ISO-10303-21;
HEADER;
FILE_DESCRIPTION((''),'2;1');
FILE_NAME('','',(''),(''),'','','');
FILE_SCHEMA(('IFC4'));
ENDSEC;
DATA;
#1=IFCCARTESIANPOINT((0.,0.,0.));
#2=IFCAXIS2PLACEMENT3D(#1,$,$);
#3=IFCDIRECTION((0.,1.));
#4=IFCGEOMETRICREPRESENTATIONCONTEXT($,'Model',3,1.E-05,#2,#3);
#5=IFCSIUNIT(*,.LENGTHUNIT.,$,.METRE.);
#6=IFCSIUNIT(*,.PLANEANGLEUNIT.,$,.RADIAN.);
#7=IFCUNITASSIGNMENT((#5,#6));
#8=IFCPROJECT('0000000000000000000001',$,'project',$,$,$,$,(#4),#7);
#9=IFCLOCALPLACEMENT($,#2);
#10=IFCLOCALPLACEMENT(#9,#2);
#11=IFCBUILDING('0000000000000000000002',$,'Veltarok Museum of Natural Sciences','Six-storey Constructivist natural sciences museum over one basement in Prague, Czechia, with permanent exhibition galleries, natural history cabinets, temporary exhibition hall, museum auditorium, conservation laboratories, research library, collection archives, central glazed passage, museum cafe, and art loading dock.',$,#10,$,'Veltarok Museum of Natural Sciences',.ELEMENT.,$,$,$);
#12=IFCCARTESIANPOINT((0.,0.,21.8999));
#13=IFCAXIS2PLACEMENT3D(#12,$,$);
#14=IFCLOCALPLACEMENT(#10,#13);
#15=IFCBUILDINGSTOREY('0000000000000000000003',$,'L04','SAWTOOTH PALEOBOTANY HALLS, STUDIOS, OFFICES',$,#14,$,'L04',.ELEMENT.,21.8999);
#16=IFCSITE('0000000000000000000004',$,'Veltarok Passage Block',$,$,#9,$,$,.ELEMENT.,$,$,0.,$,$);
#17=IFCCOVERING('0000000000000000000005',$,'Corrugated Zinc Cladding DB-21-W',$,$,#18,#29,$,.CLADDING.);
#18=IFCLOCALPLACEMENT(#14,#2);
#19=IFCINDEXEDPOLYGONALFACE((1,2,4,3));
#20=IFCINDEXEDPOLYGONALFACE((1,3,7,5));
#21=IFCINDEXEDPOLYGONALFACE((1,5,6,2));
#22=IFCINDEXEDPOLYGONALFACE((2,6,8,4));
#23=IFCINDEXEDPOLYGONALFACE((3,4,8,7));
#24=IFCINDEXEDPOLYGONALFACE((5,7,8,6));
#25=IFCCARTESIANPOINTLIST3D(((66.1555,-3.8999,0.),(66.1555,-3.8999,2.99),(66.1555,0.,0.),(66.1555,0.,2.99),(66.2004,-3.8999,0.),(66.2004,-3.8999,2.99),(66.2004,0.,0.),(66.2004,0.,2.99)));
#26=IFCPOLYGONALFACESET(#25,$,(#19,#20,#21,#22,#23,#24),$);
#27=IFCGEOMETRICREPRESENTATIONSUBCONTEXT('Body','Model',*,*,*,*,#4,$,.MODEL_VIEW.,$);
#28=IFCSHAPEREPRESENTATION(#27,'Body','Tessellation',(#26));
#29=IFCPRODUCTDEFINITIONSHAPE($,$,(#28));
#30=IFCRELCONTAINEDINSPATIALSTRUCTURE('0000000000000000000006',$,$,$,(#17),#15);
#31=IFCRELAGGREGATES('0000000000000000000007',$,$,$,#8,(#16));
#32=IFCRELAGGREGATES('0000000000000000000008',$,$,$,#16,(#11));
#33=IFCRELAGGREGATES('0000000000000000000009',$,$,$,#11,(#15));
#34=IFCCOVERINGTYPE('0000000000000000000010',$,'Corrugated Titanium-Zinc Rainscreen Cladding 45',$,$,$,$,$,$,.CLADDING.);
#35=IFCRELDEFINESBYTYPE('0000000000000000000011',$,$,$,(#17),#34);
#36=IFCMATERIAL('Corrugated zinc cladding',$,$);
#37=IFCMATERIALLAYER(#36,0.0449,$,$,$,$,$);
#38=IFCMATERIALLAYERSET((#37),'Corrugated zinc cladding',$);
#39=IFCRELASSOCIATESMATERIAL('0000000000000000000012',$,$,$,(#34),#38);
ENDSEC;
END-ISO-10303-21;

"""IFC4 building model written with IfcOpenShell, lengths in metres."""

from ifc_helpers import new_model, si_unit, direction, frame, frame_2d, origin, place, context, subcontext, project, spatial, rectangle, extrude, material, layer, layer_set, type_object, element, save


model = new_model("IFC4")

# Units and contexts
model_context = context("Model", 3, precision=1e-05, world=origin(), true_north=direction((0.0, 1.0)))
body_context = subcontext(model_context, "Body", "Model", "MODEL_VIEW")
ifc_project = project(units=[si_unit("LENGTHUNIT", "METRE"), si_unit("PLANEANGLEUNIT", "RADIAN")], contexts=[model_context])

# Site, building, storey
site_placement = place(None, origin())
site = spatial("IfcSite", under=ifc_project, at=site_placement, Name="Veltarok Passage Block", CompositionType="ELEMENT", RefElevation=0.0)
building_placement = place(site_placement, origin())
building = spatial("IfcBuilding", under=site, at=building_placement, Name="Veltarok Museum of Natural Sciences", Description="Six-storey Constructivist natural sciences museum over one basement in Prague, Czechia, with permanent exhibition galleries, natural history cabinets, temporary exhibition hall, museum auditorium, conservation laboratories, research library, collection archives, central glazed passage, museum cafe, and art loading dock.", LongName="Veltarok Museum of Natural Sciences", CompositionType="ELEMENT")
storey_placement = place(building_placement, frame((0.0, 0.0, 21.8999)))
storey = spatial("IfcBuildingStorey", under=building, at=storey_placement, Name="L04", Description="SAWTOOTH PALEOBOTANY HALLS, STUDIOS, OFFICES", LongName="L04", CompositionType="ELEMENT", Elevation=21.8999)

# Covering
ifc_material_1 = material(Name="Corrugated zinc cladding")
ifc_layer_1 = layer(ifc_material_1, 0.0449)
ifc_layer_set_1 = layer_set([ifc_layer_1], Name="Corrugated zinc cladding")
covering_type = type_object("IfcCoveringType", Name="Corrugated Titanium-Zinc Rainscreen Cladding 45", PredefinedType="CLADDING", material=ifc_layer_set_1)
covering_1_placement = place(storey_placement, frame((66.178, 0.0, 0.0), z_axis=(0.0, 0.0, 1.0), x_axis=(0.0, -1.0, 0.0)))
element("IfcCovering", 1, at=covering_1_placement, inside=storey, type_object=covering_type, Name="Corrugated Zinc Cladding DB-21-W", PredefinedType="CLADDING", context=body_context, shape_type="SweptSolid", body=[
    extrude(rectangle(XDim=3.8999, YDim=0.0449, at=frame_2d((1.95, 0.0))), origin(), (0.0, 0.0, 1.0), 2.99),
])

save(model, "model.ifc")
